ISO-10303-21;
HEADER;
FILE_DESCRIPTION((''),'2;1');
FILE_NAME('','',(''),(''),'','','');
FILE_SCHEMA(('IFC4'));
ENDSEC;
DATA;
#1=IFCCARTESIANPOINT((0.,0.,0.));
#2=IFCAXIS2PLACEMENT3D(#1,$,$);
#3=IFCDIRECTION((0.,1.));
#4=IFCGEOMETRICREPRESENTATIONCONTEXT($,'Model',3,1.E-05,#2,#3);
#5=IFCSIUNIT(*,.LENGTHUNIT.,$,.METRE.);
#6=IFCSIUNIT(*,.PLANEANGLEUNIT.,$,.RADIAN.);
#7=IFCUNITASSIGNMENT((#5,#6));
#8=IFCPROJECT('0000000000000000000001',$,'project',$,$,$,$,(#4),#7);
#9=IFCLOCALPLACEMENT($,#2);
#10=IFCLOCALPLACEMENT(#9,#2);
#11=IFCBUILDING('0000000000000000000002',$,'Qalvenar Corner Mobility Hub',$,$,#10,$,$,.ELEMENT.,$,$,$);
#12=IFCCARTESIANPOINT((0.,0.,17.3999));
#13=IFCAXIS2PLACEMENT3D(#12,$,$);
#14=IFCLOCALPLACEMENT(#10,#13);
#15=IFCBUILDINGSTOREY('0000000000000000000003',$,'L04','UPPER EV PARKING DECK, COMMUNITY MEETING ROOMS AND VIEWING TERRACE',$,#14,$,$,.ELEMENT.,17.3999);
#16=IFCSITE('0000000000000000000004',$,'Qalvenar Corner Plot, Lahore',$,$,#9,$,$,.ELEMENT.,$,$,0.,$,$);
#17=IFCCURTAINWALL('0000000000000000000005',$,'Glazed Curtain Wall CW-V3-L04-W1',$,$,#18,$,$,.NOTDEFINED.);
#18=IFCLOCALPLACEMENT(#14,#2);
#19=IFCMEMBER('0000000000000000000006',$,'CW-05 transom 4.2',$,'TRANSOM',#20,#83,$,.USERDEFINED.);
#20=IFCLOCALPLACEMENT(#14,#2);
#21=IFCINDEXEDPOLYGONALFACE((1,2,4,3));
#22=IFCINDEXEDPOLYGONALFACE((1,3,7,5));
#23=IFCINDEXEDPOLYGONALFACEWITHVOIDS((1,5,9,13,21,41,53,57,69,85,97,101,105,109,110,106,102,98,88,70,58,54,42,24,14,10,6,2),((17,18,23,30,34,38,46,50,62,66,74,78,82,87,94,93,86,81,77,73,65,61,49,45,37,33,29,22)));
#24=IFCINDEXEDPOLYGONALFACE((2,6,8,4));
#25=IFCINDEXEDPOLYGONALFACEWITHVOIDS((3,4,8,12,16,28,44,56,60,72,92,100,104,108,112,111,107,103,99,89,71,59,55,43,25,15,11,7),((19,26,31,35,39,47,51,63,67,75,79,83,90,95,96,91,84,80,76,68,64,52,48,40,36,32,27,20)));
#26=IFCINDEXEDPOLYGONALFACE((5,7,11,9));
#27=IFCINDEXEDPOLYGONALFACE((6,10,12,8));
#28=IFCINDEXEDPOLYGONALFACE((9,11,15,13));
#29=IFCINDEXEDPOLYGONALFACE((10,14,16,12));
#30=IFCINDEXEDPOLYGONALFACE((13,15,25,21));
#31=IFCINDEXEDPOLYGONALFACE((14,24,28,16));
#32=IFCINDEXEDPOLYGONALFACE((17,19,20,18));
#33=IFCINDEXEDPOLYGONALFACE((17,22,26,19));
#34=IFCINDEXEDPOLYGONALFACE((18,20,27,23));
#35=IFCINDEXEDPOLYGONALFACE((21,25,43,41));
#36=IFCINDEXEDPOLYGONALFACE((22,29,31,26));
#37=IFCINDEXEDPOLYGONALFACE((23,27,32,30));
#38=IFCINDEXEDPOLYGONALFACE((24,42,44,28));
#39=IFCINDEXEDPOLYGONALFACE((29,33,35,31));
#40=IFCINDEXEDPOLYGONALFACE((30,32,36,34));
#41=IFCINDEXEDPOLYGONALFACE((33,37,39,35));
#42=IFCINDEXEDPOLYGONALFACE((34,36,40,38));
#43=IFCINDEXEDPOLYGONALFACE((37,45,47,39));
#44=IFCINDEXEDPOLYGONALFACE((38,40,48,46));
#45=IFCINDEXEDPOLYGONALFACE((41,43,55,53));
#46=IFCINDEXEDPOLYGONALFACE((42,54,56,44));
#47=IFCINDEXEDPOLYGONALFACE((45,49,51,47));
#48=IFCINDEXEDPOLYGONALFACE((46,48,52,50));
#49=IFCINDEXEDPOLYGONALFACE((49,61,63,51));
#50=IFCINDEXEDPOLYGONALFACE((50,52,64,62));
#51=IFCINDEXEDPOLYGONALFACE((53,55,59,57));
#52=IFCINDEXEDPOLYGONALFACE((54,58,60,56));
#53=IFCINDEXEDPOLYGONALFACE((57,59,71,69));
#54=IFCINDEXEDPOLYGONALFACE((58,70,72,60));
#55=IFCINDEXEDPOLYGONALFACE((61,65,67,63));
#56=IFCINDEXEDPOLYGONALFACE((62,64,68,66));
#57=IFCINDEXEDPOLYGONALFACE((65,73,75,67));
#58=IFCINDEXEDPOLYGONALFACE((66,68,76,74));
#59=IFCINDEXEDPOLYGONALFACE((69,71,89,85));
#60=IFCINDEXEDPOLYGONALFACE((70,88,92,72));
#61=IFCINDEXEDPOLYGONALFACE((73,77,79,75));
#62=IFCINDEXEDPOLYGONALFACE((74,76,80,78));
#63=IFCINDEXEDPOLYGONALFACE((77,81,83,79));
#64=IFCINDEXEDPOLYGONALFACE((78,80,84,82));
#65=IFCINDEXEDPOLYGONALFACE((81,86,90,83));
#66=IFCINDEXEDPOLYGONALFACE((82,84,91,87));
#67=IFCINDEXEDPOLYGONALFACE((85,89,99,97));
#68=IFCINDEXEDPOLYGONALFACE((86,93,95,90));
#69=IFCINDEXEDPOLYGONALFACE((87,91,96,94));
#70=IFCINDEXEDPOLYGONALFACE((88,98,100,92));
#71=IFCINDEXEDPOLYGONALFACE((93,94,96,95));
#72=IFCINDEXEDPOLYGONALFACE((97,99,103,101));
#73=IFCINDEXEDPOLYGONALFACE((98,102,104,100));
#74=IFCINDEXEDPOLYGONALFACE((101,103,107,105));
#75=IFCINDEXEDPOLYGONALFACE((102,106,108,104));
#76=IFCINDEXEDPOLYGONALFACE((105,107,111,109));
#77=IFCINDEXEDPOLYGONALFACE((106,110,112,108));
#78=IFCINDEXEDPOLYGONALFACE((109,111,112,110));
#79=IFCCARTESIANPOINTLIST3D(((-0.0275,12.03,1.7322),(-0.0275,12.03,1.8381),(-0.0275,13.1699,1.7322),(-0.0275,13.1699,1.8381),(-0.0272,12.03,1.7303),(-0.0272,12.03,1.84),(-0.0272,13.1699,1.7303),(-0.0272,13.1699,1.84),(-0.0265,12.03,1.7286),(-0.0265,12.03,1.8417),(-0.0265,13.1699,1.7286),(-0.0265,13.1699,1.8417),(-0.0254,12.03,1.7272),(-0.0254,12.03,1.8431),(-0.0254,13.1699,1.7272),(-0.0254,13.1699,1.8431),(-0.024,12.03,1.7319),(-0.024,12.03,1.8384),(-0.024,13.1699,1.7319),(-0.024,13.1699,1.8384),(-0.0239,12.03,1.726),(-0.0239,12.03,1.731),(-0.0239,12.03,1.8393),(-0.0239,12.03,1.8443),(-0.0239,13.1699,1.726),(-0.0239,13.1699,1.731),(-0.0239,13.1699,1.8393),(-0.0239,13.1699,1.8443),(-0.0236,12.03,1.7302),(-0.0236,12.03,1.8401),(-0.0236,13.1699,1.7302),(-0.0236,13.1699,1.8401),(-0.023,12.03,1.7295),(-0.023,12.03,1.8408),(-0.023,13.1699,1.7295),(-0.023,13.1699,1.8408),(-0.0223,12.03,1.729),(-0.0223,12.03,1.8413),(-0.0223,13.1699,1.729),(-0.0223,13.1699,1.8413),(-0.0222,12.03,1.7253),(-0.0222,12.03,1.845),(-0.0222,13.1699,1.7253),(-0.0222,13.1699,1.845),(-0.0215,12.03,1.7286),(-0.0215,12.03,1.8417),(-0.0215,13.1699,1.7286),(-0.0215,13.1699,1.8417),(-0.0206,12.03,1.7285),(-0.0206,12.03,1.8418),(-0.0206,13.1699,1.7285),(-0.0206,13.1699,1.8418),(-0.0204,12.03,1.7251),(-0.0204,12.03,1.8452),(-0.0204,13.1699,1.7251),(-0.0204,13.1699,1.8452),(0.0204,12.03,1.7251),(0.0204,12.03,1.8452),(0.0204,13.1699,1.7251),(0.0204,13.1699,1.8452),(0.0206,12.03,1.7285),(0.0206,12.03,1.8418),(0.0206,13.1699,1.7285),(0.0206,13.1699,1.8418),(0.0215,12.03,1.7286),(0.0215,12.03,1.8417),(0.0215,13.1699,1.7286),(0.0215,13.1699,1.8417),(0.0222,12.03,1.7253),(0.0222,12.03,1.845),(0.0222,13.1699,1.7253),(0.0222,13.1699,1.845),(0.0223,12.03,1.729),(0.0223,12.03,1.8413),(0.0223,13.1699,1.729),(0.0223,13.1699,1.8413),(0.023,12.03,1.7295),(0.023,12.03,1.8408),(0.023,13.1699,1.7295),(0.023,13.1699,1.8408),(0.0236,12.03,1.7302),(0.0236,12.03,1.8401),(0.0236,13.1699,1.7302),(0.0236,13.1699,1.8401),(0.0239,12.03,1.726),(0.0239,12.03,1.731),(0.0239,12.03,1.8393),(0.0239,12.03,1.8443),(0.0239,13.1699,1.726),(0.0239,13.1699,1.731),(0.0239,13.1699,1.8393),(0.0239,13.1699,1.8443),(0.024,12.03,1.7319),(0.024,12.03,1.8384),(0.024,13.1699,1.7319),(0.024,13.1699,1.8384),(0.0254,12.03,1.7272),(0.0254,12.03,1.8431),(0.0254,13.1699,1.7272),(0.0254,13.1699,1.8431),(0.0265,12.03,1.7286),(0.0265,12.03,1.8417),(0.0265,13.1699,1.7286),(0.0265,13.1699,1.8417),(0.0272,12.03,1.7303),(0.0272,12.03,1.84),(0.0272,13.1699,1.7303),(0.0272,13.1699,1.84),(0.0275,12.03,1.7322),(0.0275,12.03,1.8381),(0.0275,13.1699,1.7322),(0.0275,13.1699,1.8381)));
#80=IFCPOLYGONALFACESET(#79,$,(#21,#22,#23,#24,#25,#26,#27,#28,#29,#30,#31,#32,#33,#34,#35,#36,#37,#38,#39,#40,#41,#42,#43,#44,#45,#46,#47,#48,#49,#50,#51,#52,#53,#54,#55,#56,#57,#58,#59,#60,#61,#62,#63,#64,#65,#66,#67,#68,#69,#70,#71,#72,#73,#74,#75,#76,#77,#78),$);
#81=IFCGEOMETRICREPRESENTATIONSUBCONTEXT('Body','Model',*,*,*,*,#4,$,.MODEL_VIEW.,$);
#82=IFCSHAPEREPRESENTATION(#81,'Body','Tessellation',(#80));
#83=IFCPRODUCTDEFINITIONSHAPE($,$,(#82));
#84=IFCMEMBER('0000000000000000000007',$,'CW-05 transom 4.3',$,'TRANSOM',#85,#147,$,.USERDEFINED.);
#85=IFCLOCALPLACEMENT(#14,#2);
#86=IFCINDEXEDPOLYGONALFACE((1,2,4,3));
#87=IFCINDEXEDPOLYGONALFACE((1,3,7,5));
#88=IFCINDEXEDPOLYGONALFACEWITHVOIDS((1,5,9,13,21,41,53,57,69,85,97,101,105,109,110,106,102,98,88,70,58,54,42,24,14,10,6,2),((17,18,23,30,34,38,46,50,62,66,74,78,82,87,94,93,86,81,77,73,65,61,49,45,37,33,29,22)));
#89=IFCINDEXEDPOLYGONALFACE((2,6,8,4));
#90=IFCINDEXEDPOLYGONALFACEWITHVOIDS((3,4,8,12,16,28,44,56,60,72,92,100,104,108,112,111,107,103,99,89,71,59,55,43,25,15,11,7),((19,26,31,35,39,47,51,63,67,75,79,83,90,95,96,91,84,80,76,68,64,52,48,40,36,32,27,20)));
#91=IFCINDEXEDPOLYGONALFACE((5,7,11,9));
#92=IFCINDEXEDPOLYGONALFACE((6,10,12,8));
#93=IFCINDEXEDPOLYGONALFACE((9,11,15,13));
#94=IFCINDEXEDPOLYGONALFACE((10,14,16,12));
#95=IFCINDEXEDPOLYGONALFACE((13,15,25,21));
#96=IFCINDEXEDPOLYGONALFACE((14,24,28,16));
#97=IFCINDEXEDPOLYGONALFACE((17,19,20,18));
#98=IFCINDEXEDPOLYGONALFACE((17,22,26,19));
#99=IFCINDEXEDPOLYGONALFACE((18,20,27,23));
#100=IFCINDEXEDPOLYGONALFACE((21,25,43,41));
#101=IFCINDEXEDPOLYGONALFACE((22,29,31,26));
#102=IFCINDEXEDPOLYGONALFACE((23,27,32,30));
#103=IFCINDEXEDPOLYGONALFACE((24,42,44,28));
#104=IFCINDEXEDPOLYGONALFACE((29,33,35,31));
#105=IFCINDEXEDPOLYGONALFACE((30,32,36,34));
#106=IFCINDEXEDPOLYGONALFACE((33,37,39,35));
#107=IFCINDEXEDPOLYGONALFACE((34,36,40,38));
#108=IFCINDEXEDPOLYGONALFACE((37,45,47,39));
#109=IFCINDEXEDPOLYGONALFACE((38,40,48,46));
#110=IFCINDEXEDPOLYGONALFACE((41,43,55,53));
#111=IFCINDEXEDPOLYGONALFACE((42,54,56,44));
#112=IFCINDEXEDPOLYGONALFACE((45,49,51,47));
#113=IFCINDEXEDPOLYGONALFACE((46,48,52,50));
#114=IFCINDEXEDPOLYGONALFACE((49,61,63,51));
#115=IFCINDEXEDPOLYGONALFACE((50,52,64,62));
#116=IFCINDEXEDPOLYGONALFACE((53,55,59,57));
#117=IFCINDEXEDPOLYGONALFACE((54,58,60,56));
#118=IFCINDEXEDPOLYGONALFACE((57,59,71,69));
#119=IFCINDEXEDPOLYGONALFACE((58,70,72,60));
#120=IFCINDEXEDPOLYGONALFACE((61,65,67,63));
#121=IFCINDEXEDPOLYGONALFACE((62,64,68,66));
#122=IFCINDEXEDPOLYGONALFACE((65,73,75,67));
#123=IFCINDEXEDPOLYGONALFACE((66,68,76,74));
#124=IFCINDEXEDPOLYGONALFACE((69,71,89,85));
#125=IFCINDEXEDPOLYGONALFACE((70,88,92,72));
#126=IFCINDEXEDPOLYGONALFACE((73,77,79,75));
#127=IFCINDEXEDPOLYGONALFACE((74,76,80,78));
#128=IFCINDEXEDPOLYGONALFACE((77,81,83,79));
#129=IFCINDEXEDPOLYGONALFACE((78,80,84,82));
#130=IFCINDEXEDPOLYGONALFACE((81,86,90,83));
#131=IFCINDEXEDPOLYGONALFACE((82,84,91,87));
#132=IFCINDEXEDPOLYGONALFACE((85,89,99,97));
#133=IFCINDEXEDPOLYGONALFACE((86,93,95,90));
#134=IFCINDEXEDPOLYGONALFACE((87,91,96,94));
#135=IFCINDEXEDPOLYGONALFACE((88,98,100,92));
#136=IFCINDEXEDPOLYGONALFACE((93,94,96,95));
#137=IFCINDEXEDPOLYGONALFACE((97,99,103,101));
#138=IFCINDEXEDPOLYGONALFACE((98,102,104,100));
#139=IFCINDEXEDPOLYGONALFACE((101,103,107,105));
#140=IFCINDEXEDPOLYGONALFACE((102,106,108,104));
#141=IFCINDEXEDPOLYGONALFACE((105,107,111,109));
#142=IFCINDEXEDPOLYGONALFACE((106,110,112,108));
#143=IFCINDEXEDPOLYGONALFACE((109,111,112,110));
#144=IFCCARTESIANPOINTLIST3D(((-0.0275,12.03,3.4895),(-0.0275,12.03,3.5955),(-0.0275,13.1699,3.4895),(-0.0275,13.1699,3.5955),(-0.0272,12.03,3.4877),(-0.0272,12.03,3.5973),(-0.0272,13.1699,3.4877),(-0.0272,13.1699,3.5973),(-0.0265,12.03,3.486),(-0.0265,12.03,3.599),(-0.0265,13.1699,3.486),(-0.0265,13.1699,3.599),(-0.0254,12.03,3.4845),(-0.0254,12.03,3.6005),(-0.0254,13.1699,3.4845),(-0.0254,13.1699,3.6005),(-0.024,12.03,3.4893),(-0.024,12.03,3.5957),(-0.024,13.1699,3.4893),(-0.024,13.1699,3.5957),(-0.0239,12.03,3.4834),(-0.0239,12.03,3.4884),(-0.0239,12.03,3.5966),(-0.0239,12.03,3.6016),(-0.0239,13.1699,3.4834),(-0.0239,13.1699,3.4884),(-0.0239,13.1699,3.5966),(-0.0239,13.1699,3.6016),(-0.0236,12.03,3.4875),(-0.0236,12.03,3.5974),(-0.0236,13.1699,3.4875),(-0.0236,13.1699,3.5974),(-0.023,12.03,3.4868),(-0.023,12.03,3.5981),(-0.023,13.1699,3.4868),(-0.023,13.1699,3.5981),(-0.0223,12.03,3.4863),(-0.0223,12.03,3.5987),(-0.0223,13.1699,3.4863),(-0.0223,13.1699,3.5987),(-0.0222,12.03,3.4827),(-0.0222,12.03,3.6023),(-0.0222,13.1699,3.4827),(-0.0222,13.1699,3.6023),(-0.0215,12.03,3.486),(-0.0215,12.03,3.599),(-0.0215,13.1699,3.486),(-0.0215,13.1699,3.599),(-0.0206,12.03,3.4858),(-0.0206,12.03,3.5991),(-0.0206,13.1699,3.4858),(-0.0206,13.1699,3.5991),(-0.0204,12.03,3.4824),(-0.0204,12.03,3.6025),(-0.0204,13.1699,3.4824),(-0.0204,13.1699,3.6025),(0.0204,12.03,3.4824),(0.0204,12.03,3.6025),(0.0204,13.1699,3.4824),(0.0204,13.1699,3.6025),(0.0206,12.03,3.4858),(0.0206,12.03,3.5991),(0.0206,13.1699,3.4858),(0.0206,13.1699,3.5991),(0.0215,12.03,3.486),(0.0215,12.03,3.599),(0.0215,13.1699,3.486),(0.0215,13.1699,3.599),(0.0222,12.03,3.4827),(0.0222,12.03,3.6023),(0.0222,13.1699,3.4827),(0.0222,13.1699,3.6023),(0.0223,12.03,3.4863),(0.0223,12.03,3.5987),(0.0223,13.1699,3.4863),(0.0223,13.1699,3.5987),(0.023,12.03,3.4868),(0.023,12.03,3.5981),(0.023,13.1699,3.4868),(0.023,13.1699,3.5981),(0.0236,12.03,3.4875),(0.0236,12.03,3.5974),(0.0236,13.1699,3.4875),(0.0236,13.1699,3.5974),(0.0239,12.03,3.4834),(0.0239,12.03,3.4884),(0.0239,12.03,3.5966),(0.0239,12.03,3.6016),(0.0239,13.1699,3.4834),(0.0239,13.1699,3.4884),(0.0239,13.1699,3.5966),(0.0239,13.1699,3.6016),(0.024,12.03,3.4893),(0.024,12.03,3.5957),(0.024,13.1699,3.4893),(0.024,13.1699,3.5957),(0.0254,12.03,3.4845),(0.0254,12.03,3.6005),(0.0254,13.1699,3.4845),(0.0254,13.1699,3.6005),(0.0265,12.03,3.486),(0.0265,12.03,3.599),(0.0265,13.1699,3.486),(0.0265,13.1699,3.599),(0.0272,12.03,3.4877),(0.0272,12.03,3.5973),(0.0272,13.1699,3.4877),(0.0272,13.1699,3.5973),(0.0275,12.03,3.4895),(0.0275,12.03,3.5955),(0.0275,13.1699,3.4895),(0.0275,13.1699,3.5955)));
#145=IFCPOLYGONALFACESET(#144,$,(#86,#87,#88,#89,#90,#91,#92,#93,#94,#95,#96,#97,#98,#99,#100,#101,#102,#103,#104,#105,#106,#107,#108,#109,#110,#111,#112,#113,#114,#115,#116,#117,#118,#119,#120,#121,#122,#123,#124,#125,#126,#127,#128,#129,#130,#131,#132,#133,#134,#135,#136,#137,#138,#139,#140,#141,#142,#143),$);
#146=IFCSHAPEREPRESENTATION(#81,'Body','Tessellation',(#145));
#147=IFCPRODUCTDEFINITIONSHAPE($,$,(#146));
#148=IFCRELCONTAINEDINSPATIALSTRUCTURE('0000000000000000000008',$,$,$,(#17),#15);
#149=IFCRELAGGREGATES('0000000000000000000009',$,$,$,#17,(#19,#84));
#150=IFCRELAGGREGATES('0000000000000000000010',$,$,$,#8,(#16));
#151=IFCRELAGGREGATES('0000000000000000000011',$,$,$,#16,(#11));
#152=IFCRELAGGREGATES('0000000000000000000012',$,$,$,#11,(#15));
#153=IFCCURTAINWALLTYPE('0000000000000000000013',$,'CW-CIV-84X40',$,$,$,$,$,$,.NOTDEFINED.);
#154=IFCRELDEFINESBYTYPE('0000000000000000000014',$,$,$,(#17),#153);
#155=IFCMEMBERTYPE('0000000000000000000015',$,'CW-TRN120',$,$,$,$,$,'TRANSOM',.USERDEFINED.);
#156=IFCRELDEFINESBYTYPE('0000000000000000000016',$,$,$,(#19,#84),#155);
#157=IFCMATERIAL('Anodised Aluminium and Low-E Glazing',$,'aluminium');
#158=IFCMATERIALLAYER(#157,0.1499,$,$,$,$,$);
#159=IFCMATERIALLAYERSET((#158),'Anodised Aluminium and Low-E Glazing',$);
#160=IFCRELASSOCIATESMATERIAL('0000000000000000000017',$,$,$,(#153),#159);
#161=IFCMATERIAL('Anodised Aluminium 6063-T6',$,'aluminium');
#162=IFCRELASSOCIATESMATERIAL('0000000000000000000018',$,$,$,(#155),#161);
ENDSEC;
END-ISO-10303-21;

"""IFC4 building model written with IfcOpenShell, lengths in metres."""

from ifc_helpers import new_model, si_unit, direction, frame, origin, origin_2d, place, context, subcontext, project, spatial, hollow_rectangle, extrude, material, layer, layer_set, material_profile, profile_set, type_object, element, aggregate, save


model = new_model("IFC4")

# Units and contexts
model_context = context("Model", 3, precision=1e-05, world=origin(), true_north=direction((0.0, 1.0)))
body_context = subcontext(model_context, "Body", "Model", "MODEL_VIEW")
ifc_project = project(units=[si_unit("LENGTHUNIT", "METRE"), si_unit("PLANEANGLEUNIT", "RADIAN")], contexts=[model_context])

# Site, building, storey
site_placement = place(None, origin())
site = spatial("IfcSite", under=ifc_project, at=site_placement, Name="Qalvenar Corner Plot, Lahore", CompositionType="ELEMENT", RefElevation=0.0)
building_placement = place(site_placement, origin())
building = spatial("IfcBuilding", under=site, at=building_placement, Name="Qalvenar Corner Mobility Hub", CompositionType="ELEMENT")
storey_placement = place(building_placement, frame((0.0, 0.0, 17.3999)))
storey = spatial("IfcBuildingStorey", under=building, at=storey_placement, Name="L04", Description="UPPER EV PARKING DECK, COMMUNITY MEETING ROOMS AND VIEWING TERRACE", CompositionType="ELEMENT", Elevation=17.3999)

# Curtain wall, members
ifc_material_1 = material(Name="Anodised Aluminium and Low-E Glazing", Category="aluminium")
ifc_layer_1 = layer(ifc_material_1, 0.1499)
ifc_layer_set_1 = layer_set([ifc_layer_1], Name="Anodised Aluminium and Low-E Glazing")
curtain_wall_type = type_object("IfcCurtainWallType", Name="CW-CIV-84X40", PredefinedType="NOTDEFINED", material=ifc_layer_set_1)
curtain_wall_placement = place(storey_placement, origin())
curtain_wall = element("IfcCurtainWall", 1, at=curtain_wall_placement, inside=storey, type_object=curtain_wall_type, Name="Glazed Curtain Wall CW-V3-L04-W1", PredefinedType="NOTDEFINED")
ifc_material_2 = material(Name="Anodised Aluminium 6063-T6", Category="aluminium")
ifc_material_profile_1 = material_profile(ifc_material_2, hollow_rectangle(XDim=0.0549, YDim=0.1201, WallThickness=0.0034, InnerFilletRadius=0.0034, OuterFilletRadius=0.0071, at=origin_2d()), Name="RHS120x55x3.5")
ifc_profile_set_1 = profile_set([ifc_material_profile_1], Name="Anodised Aluminium 6063-T6")
member_type_1 = type_object("IfcMemberType", Name="CW-TRN120", ElementType="TRANSOM", PredefinedType="USERDEFINED", material=ifc_profile_set_1)
member_1_placement = place(storey_placement, frame((0.0, 13.1699, 1.7852), z_axis=(0.0, -1.0, 0.0), x_axis=(1.0, 0.0, 0.0)))
member_1 = element("IfcMember", 2, at=member_1_placement, type_object=member_type_1, Name="CW-05 transom 4.2", ObjectType="TRANSOM", PredefinedType="USERDEFINED", context=body_context, shape_type="SweptSolid", body=[
    extrude(hollow_rectangle(XDim=0.0549, YDim=0.1201, WallThickness=0.0034, InnerFilletRadius=0.0034, OuterFilletRadius=0.0071, at=origin_2d()), origin(), (0.0, 0.0, 1.0), 1.1399),
])
member_2_placement = place(storey_placement, frame((0.0, 13.1699, 3.5425), z_axis=(0.0, -1.0, 0.0), x_axis=(1.0, 0.0, 0.0)))
member_2 = element("IfcMember", 3, at=member_2_placement, type_object=member_type_1, Name="CW-05 transom 4.3", ObjectType="TRANSOM", PredefinedType="USERDEFINED", context=body_context, shape_type="SweptSolid", body=[
    extrude(hollow_rectangle(XDim=0.0549, YDim=0.1201, WallThickness=0.0034, InnerFilletRadius=0.0034, OuterFilletRadius=0.0071, at=origin_2d()), origin(), (0.0, 0.0, 1.0), 1.1399),
])
aggregate(curtain_wall, [member_1, member_2])

save(model, "model.ifc")
